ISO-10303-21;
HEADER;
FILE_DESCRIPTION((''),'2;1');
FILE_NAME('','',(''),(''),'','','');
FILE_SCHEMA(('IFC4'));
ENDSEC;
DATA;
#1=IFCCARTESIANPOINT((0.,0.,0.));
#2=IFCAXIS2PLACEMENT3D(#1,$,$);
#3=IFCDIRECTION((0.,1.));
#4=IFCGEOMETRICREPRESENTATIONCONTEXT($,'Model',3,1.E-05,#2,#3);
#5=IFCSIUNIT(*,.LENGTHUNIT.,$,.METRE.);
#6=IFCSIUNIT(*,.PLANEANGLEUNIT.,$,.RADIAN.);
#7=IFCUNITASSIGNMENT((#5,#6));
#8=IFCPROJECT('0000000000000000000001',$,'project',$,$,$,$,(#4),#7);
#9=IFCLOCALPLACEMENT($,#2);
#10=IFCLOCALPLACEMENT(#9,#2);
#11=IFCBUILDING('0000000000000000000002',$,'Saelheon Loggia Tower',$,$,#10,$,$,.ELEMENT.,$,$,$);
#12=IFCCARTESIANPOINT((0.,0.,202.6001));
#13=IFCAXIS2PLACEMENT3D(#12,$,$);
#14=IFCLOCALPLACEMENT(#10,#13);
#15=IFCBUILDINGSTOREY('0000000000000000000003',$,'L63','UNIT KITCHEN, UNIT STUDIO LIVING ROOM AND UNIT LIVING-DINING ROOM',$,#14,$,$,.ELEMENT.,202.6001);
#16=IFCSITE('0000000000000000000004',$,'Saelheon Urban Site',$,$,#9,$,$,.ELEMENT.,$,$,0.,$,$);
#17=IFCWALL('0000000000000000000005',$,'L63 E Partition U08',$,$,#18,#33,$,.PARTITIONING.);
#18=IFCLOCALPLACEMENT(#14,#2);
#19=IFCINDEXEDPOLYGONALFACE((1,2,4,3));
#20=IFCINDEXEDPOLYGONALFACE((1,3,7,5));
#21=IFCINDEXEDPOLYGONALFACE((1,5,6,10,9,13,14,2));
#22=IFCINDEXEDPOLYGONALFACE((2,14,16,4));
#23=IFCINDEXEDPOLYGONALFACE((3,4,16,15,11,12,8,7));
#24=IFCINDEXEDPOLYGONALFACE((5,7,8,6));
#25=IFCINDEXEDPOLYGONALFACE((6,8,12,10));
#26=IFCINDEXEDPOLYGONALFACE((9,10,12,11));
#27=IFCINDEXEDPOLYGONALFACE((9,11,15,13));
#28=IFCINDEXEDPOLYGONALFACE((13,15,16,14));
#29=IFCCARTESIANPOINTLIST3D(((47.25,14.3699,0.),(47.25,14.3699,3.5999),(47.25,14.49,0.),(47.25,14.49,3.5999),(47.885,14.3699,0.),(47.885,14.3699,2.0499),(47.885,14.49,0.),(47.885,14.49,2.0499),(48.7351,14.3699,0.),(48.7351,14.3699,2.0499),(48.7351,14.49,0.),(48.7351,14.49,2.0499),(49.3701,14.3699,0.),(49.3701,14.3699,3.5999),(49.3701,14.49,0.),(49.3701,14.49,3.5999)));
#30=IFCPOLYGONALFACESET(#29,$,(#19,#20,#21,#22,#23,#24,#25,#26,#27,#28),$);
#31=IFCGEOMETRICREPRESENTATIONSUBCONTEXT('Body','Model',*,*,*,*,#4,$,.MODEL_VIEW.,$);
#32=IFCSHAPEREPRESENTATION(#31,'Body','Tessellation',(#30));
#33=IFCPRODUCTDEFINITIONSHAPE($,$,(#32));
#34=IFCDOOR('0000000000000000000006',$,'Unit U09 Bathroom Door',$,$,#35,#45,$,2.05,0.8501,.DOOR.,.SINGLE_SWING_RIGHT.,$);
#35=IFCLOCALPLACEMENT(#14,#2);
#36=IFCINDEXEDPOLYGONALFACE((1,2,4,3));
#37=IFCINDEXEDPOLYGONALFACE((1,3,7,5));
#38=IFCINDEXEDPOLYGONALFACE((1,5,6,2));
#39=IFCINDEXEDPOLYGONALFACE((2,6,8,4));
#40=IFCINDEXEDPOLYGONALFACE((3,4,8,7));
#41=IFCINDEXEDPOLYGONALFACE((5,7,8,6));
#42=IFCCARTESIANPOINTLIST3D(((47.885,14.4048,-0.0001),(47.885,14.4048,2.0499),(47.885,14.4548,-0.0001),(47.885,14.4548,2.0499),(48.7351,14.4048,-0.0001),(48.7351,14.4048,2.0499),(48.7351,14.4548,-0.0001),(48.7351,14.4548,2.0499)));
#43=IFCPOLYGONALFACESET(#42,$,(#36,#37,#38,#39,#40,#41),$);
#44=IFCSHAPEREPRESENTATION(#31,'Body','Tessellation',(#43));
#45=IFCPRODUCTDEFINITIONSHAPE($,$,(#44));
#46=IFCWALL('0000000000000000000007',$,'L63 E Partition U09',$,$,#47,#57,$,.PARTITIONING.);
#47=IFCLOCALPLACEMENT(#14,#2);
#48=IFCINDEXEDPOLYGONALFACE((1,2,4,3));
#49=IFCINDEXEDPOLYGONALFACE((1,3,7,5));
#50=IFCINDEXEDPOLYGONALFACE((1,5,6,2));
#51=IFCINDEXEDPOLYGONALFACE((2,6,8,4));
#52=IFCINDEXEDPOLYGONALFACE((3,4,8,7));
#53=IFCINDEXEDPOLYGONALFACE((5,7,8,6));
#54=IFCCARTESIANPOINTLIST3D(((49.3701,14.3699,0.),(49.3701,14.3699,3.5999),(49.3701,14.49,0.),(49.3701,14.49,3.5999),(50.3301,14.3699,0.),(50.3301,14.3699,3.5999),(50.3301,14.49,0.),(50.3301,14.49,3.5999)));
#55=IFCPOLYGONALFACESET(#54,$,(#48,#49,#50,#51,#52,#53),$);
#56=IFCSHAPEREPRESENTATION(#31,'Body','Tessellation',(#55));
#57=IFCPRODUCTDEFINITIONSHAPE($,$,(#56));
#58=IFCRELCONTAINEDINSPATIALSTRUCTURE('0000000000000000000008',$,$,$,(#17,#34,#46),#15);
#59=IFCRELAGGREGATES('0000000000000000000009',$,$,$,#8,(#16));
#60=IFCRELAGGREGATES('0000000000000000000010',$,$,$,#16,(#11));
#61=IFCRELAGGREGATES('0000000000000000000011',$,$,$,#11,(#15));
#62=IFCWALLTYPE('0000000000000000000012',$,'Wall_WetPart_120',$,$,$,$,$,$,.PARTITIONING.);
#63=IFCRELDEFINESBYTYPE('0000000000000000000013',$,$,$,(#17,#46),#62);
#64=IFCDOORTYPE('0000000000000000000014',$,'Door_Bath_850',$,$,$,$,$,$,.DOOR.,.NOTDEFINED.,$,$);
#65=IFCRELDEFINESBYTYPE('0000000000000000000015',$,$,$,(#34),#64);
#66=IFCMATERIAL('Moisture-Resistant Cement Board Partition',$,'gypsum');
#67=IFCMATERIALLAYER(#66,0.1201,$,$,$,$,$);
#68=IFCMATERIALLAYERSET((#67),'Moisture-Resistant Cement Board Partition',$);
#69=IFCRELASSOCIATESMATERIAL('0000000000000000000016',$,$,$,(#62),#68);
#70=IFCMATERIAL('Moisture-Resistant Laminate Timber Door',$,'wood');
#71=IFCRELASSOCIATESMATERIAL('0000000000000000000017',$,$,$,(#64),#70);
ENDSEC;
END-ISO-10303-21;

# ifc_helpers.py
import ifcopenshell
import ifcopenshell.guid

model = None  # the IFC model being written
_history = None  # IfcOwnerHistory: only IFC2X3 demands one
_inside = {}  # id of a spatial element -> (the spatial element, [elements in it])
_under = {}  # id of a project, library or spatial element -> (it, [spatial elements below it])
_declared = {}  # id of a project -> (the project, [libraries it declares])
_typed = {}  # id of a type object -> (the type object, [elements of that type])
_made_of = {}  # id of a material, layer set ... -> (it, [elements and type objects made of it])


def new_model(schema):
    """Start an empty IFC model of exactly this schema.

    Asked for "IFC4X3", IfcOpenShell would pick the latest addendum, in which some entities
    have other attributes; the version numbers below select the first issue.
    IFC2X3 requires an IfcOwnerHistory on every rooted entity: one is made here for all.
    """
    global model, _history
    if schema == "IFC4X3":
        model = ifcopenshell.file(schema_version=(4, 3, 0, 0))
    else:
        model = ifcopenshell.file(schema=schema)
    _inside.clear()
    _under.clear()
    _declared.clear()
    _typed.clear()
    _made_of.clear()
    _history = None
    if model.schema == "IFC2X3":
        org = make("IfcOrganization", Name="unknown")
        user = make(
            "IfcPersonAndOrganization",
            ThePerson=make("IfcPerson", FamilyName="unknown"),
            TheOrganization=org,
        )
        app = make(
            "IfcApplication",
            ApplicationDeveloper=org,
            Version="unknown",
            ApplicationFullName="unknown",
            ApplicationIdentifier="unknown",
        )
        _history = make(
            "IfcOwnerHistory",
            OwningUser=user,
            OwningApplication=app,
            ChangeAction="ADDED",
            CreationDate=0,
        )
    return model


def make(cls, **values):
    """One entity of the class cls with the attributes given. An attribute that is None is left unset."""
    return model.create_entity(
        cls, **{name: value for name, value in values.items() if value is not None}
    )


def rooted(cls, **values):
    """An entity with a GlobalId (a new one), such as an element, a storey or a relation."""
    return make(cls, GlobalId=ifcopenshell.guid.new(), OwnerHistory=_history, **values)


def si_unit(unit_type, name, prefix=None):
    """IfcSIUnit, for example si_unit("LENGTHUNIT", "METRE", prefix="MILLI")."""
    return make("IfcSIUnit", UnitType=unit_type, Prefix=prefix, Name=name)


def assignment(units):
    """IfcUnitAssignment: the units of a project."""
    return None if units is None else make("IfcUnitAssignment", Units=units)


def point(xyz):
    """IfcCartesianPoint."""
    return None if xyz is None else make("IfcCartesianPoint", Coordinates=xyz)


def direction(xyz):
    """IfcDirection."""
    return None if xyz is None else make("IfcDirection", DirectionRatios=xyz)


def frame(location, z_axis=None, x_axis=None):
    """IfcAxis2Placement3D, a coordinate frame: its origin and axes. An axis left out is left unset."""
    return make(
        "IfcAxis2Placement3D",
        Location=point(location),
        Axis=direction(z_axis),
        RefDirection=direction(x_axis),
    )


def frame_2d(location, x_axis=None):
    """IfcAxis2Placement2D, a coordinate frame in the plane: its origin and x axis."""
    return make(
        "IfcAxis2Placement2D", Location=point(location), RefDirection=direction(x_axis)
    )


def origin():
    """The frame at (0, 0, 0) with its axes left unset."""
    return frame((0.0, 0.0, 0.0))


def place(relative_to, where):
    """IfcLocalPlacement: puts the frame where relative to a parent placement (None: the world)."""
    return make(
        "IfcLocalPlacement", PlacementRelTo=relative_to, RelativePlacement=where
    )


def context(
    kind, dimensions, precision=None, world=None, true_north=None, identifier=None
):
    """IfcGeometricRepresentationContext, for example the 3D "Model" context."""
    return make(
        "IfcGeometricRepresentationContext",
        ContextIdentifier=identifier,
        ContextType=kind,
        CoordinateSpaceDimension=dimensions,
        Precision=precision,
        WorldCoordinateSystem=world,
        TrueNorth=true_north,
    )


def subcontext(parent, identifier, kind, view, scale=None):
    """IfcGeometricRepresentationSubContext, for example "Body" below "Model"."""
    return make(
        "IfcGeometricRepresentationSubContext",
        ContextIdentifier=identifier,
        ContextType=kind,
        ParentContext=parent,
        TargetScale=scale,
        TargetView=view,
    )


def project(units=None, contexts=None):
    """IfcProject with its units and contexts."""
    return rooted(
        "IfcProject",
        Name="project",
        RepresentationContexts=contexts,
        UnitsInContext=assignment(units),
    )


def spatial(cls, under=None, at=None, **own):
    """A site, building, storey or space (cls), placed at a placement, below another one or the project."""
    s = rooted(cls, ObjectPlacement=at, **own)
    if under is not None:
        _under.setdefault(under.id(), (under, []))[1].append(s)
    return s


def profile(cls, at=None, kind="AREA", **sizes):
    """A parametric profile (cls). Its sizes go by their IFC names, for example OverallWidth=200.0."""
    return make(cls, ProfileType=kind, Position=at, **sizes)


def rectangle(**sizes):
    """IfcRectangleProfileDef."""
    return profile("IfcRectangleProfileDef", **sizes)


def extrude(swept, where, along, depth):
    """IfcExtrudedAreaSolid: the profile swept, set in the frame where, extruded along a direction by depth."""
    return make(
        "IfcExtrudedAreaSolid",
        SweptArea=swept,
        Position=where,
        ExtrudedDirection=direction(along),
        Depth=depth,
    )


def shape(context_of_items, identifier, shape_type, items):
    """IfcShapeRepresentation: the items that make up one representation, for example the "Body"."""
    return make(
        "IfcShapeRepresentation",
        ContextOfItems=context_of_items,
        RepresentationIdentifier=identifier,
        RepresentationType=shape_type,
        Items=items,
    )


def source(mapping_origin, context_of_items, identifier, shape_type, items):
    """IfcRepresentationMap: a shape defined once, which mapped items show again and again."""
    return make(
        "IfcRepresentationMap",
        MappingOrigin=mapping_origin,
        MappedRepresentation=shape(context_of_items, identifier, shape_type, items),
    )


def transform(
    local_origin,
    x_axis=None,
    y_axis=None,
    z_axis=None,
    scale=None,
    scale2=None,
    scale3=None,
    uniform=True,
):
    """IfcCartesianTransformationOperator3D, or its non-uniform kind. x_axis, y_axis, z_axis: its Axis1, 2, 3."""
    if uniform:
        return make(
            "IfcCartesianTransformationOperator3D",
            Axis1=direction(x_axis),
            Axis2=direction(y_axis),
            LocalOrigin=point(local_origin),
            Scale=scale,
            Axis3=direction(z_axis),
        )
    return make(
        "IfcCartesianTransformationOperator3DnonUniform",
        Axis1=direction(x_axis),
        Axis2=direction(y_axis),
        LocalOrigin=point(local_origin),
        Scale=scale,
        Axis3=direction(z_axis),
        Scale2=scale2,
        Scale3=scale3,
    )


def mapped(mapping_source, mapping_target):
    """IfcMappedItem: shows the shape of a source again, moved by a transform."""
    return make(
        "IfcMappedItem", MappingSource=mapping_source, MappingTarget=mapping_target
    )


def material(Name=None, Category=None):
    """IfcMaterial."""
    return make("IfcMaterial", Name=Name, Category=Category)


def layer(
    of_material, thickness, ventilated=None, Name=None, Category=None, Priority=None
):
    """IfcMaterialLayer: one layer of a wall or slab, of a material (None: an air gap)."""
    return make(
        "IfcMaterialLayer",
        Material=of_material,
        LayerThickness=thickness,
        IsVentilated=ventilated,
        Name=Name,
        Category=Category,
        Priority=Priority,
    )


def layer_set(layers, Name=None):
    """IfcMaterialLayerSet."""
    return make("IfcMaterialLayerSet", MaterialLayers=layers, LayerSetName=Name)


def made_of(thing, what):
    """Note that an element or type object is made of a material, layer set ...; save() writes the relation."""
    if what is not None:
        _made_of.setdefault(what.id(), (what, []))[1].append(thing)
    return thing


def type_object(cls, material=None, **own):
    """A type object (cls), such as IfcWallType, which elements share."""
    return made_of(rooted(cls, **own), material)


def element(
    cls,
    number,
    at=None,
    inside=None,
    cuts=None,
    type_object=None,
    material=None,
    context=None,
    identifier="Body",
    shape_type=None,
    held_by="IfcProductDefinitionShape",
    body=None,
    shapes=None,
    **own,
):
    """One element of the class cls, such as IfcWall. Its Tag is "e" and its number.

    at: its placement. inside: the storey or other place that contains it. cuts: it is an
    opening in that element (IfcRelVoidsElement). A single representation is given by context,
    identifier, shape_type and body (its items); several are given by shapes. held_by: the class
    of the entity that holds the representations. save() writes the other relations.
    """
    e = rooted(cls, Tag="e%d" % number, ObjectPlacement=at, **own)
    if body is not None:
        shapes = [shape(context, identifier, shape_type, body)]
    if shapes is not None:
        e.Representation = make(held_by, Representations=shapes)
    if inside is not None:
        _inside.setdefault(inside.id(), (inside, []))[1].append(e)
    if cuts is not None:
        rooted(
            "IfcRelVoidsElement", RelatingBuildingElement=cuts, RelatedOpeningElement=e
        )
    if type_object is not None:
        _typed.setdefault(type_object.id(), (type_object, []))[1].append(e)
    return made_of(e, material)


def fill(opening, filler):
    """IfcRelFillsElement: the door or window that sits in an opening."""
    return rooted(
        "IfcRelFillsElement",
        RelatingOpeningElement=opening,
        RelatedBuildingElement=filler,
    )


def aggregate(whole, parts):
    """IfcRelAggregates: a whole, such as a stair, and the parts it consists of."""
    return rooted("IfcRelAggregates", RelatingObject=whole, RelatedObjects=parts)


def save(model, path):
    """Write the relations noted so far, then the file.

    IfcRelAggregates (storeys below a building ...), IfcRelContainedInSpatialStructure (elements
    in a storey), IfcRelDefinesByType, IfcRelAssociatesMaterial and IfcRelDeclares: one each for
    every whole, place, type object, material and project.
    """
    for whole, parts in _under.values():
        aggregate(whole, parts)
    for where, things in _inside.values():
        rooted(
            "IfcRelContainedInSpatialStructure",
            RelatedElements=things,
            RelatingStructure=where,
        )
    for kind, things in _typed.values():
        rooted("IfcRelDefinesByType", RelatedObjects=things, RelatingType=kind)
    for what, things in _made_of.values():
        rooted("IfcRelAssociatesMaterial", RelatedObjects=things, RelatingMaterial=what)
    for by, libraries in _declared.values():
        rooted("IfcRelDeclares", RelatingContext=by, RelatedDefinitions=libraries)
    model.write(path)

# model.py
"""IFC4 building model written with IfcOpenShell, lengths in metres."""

from ifc_helpers import new_model, si_unit, direction, frame, frame_2d, origin, place, context, subcontext, project, spatial, rectangle, extrude, source, transform, mapped, material, layer, layer_set, type_object, element, fill, save


model = new_model("IFC4")

# Units and contexts
model_context = context("Model", 3, precision=1e-05, world=origin(), true_north=direction((0.0, 1.0)))
body_context = subcontext(model_context, "Body", "Model", "MODEL_VIEW")
ifc_project = project(units=[si_unit("LENGTHUNIT", "METRE"), si_unit("PLANEANGLEUNIT", "RADIAN")], contexts=[model_context])

# Site, building, storey
site_placement = place(None, origin())
site = spatial("IfcSite", under=ifc_project, at=site_placement, Name="Saelheon Urban Site", CompositionType="ELEMENT", RefElevation=0.0)
building_placement = place(site_placement, origin())
building = spatial("IfcBuilding", under=site, at=building_placement, Name="Saelheon Loggia Tower", CompositionType="ELEMENT")
storey_placement = place(building_placement, frame((0.0, 0.0, 202.6001)))
storey = spatial("IfcBuildingStorey", under=building, at=storey_placement, Name="L63", Description="UNIT KITCHEN, UNIT STUDIO LIVING ROOM AND UNIT LIVING-DINING ROOM", CompositionType="ELEMENT", Elevation=202.6001)

# Shared definitions
ifc_material_1 = material(Name="Moisture-Resistant Cement Board Partition", Category="gypsum")
ifc_layer_1 = layer(ifc_material_1, 0.1201)
ifc_layer_set_1 = layer_set([ifc_layer_1], Name="Moisture-Resistant Cement Board Partition")
wall_type_1 = type_object("IfcWallType", Name="Wall_WetPart_120", PredefinedType="PARTITIONING", material=ifc_layer_set_1)

# Wall, opening, door
wall_1_placement = place(storey_placement, frame((47.25, 14.4299, 0.0), z_axis=(0.0, 0.0, 1.0), x_axis=(1.0, 0.0, 0.0)))
wall_1 = element("IfcWall", 1, at=wall_1_placement, inside=storey, type_object=wall_type_1, Name="L63 E Partition U08", PredefinedType="PARTITIONING", context=body_context, shape_type="SweptSolid", body=[
    extrude(rectangle(XDim=2.1201, YDim=0.1201, at=frame_2d((1.0601, 0.0))), origin(), (0.0, 0.0, 1.0), 3.5999),
])
opening_1_placement = place(wall_1_placement, frame((0.635, 0.0, 0.0)))
opening_1 = element("IfcOpeningElement", 2, at=opening_1_placement, cuts=wall_1, PredefinedType="OPENING", context=body_context, shape_type="SweptSolid", body=[
    extrude(rectangle(XDim=0.8501, YDim=2.05, at=frame_2d((0.425, 1.0249))), frame((0.0, 0.072, 0.0), z_axis=(0.0, -1.0, 0.0), x_axis=(1.0, 0.0, 0.0)), (0.0, 0.0, 1.0), 0.144),
])
ifc_material_2 = material(Name="Moisture-Resistant Laminate Timber Door", Category="wood")
door_type_1 = type_object("IfcDoorType", Name="Door_Bath_850", OperationType="NOTDEFINED", PredefinedType="DOOR", material=ifc_material_2)
shared_shape_1 = source(origin(), body_context, "Body", "SweptSolid", [
    extrude(rectangle(XDim=0.8501, YDim=2.05, at=frame_2d((0.425, 1.0249))), frame((0.0, 0.0249, 0.0), z_axis=(0.0, -1.0, 0.0), x_axis=(1.0, 0.0, 0.0)), (0.0, 0.0, 1.0), 0.05),
])
door_1_placement = place(opening_1_placement, origin())
door_1 = element("IfcDoor", 3, at=door_1_placement, inside=storey, type_object=door_type_1, Name="Unit U09 Bathroom Door", OperationType="SINGLE_SWING_RIGHT", OverallHeight=2.05, OverallWidth=0.8501, PredefinedType="DOOR", context=body_context, shape_type="MappedRepresentation", body=[
    mapped(shared_shape_1, transform((0.0, 0.0, 0.0), scale=1.0)),
])
fill(opening_1, door_1)

# Wall
wall_2_placement = place(storey_placement, frame((49.3701, 14.4299, 0.0), z_axis=(0.0, 0.0, 1.0), x_axis=(1.0, 0.0, 0.0)))
element("IfcWall", 4, at=wall_2_placement, inside=storey, type_object=wall_type_1, Name="L63 E Partition U09", PredefinedType="PARTITIONING", context=body_context, shape_type="SweptSolid", body=[
    extrude(rectangle(XDim=0.96, YDim=0.1201, at=frame_2d((0.48, 0.0))), origin(), (0.0, 0.0, 1.0), 3.5999),
])

save(model, "model.ifc")
